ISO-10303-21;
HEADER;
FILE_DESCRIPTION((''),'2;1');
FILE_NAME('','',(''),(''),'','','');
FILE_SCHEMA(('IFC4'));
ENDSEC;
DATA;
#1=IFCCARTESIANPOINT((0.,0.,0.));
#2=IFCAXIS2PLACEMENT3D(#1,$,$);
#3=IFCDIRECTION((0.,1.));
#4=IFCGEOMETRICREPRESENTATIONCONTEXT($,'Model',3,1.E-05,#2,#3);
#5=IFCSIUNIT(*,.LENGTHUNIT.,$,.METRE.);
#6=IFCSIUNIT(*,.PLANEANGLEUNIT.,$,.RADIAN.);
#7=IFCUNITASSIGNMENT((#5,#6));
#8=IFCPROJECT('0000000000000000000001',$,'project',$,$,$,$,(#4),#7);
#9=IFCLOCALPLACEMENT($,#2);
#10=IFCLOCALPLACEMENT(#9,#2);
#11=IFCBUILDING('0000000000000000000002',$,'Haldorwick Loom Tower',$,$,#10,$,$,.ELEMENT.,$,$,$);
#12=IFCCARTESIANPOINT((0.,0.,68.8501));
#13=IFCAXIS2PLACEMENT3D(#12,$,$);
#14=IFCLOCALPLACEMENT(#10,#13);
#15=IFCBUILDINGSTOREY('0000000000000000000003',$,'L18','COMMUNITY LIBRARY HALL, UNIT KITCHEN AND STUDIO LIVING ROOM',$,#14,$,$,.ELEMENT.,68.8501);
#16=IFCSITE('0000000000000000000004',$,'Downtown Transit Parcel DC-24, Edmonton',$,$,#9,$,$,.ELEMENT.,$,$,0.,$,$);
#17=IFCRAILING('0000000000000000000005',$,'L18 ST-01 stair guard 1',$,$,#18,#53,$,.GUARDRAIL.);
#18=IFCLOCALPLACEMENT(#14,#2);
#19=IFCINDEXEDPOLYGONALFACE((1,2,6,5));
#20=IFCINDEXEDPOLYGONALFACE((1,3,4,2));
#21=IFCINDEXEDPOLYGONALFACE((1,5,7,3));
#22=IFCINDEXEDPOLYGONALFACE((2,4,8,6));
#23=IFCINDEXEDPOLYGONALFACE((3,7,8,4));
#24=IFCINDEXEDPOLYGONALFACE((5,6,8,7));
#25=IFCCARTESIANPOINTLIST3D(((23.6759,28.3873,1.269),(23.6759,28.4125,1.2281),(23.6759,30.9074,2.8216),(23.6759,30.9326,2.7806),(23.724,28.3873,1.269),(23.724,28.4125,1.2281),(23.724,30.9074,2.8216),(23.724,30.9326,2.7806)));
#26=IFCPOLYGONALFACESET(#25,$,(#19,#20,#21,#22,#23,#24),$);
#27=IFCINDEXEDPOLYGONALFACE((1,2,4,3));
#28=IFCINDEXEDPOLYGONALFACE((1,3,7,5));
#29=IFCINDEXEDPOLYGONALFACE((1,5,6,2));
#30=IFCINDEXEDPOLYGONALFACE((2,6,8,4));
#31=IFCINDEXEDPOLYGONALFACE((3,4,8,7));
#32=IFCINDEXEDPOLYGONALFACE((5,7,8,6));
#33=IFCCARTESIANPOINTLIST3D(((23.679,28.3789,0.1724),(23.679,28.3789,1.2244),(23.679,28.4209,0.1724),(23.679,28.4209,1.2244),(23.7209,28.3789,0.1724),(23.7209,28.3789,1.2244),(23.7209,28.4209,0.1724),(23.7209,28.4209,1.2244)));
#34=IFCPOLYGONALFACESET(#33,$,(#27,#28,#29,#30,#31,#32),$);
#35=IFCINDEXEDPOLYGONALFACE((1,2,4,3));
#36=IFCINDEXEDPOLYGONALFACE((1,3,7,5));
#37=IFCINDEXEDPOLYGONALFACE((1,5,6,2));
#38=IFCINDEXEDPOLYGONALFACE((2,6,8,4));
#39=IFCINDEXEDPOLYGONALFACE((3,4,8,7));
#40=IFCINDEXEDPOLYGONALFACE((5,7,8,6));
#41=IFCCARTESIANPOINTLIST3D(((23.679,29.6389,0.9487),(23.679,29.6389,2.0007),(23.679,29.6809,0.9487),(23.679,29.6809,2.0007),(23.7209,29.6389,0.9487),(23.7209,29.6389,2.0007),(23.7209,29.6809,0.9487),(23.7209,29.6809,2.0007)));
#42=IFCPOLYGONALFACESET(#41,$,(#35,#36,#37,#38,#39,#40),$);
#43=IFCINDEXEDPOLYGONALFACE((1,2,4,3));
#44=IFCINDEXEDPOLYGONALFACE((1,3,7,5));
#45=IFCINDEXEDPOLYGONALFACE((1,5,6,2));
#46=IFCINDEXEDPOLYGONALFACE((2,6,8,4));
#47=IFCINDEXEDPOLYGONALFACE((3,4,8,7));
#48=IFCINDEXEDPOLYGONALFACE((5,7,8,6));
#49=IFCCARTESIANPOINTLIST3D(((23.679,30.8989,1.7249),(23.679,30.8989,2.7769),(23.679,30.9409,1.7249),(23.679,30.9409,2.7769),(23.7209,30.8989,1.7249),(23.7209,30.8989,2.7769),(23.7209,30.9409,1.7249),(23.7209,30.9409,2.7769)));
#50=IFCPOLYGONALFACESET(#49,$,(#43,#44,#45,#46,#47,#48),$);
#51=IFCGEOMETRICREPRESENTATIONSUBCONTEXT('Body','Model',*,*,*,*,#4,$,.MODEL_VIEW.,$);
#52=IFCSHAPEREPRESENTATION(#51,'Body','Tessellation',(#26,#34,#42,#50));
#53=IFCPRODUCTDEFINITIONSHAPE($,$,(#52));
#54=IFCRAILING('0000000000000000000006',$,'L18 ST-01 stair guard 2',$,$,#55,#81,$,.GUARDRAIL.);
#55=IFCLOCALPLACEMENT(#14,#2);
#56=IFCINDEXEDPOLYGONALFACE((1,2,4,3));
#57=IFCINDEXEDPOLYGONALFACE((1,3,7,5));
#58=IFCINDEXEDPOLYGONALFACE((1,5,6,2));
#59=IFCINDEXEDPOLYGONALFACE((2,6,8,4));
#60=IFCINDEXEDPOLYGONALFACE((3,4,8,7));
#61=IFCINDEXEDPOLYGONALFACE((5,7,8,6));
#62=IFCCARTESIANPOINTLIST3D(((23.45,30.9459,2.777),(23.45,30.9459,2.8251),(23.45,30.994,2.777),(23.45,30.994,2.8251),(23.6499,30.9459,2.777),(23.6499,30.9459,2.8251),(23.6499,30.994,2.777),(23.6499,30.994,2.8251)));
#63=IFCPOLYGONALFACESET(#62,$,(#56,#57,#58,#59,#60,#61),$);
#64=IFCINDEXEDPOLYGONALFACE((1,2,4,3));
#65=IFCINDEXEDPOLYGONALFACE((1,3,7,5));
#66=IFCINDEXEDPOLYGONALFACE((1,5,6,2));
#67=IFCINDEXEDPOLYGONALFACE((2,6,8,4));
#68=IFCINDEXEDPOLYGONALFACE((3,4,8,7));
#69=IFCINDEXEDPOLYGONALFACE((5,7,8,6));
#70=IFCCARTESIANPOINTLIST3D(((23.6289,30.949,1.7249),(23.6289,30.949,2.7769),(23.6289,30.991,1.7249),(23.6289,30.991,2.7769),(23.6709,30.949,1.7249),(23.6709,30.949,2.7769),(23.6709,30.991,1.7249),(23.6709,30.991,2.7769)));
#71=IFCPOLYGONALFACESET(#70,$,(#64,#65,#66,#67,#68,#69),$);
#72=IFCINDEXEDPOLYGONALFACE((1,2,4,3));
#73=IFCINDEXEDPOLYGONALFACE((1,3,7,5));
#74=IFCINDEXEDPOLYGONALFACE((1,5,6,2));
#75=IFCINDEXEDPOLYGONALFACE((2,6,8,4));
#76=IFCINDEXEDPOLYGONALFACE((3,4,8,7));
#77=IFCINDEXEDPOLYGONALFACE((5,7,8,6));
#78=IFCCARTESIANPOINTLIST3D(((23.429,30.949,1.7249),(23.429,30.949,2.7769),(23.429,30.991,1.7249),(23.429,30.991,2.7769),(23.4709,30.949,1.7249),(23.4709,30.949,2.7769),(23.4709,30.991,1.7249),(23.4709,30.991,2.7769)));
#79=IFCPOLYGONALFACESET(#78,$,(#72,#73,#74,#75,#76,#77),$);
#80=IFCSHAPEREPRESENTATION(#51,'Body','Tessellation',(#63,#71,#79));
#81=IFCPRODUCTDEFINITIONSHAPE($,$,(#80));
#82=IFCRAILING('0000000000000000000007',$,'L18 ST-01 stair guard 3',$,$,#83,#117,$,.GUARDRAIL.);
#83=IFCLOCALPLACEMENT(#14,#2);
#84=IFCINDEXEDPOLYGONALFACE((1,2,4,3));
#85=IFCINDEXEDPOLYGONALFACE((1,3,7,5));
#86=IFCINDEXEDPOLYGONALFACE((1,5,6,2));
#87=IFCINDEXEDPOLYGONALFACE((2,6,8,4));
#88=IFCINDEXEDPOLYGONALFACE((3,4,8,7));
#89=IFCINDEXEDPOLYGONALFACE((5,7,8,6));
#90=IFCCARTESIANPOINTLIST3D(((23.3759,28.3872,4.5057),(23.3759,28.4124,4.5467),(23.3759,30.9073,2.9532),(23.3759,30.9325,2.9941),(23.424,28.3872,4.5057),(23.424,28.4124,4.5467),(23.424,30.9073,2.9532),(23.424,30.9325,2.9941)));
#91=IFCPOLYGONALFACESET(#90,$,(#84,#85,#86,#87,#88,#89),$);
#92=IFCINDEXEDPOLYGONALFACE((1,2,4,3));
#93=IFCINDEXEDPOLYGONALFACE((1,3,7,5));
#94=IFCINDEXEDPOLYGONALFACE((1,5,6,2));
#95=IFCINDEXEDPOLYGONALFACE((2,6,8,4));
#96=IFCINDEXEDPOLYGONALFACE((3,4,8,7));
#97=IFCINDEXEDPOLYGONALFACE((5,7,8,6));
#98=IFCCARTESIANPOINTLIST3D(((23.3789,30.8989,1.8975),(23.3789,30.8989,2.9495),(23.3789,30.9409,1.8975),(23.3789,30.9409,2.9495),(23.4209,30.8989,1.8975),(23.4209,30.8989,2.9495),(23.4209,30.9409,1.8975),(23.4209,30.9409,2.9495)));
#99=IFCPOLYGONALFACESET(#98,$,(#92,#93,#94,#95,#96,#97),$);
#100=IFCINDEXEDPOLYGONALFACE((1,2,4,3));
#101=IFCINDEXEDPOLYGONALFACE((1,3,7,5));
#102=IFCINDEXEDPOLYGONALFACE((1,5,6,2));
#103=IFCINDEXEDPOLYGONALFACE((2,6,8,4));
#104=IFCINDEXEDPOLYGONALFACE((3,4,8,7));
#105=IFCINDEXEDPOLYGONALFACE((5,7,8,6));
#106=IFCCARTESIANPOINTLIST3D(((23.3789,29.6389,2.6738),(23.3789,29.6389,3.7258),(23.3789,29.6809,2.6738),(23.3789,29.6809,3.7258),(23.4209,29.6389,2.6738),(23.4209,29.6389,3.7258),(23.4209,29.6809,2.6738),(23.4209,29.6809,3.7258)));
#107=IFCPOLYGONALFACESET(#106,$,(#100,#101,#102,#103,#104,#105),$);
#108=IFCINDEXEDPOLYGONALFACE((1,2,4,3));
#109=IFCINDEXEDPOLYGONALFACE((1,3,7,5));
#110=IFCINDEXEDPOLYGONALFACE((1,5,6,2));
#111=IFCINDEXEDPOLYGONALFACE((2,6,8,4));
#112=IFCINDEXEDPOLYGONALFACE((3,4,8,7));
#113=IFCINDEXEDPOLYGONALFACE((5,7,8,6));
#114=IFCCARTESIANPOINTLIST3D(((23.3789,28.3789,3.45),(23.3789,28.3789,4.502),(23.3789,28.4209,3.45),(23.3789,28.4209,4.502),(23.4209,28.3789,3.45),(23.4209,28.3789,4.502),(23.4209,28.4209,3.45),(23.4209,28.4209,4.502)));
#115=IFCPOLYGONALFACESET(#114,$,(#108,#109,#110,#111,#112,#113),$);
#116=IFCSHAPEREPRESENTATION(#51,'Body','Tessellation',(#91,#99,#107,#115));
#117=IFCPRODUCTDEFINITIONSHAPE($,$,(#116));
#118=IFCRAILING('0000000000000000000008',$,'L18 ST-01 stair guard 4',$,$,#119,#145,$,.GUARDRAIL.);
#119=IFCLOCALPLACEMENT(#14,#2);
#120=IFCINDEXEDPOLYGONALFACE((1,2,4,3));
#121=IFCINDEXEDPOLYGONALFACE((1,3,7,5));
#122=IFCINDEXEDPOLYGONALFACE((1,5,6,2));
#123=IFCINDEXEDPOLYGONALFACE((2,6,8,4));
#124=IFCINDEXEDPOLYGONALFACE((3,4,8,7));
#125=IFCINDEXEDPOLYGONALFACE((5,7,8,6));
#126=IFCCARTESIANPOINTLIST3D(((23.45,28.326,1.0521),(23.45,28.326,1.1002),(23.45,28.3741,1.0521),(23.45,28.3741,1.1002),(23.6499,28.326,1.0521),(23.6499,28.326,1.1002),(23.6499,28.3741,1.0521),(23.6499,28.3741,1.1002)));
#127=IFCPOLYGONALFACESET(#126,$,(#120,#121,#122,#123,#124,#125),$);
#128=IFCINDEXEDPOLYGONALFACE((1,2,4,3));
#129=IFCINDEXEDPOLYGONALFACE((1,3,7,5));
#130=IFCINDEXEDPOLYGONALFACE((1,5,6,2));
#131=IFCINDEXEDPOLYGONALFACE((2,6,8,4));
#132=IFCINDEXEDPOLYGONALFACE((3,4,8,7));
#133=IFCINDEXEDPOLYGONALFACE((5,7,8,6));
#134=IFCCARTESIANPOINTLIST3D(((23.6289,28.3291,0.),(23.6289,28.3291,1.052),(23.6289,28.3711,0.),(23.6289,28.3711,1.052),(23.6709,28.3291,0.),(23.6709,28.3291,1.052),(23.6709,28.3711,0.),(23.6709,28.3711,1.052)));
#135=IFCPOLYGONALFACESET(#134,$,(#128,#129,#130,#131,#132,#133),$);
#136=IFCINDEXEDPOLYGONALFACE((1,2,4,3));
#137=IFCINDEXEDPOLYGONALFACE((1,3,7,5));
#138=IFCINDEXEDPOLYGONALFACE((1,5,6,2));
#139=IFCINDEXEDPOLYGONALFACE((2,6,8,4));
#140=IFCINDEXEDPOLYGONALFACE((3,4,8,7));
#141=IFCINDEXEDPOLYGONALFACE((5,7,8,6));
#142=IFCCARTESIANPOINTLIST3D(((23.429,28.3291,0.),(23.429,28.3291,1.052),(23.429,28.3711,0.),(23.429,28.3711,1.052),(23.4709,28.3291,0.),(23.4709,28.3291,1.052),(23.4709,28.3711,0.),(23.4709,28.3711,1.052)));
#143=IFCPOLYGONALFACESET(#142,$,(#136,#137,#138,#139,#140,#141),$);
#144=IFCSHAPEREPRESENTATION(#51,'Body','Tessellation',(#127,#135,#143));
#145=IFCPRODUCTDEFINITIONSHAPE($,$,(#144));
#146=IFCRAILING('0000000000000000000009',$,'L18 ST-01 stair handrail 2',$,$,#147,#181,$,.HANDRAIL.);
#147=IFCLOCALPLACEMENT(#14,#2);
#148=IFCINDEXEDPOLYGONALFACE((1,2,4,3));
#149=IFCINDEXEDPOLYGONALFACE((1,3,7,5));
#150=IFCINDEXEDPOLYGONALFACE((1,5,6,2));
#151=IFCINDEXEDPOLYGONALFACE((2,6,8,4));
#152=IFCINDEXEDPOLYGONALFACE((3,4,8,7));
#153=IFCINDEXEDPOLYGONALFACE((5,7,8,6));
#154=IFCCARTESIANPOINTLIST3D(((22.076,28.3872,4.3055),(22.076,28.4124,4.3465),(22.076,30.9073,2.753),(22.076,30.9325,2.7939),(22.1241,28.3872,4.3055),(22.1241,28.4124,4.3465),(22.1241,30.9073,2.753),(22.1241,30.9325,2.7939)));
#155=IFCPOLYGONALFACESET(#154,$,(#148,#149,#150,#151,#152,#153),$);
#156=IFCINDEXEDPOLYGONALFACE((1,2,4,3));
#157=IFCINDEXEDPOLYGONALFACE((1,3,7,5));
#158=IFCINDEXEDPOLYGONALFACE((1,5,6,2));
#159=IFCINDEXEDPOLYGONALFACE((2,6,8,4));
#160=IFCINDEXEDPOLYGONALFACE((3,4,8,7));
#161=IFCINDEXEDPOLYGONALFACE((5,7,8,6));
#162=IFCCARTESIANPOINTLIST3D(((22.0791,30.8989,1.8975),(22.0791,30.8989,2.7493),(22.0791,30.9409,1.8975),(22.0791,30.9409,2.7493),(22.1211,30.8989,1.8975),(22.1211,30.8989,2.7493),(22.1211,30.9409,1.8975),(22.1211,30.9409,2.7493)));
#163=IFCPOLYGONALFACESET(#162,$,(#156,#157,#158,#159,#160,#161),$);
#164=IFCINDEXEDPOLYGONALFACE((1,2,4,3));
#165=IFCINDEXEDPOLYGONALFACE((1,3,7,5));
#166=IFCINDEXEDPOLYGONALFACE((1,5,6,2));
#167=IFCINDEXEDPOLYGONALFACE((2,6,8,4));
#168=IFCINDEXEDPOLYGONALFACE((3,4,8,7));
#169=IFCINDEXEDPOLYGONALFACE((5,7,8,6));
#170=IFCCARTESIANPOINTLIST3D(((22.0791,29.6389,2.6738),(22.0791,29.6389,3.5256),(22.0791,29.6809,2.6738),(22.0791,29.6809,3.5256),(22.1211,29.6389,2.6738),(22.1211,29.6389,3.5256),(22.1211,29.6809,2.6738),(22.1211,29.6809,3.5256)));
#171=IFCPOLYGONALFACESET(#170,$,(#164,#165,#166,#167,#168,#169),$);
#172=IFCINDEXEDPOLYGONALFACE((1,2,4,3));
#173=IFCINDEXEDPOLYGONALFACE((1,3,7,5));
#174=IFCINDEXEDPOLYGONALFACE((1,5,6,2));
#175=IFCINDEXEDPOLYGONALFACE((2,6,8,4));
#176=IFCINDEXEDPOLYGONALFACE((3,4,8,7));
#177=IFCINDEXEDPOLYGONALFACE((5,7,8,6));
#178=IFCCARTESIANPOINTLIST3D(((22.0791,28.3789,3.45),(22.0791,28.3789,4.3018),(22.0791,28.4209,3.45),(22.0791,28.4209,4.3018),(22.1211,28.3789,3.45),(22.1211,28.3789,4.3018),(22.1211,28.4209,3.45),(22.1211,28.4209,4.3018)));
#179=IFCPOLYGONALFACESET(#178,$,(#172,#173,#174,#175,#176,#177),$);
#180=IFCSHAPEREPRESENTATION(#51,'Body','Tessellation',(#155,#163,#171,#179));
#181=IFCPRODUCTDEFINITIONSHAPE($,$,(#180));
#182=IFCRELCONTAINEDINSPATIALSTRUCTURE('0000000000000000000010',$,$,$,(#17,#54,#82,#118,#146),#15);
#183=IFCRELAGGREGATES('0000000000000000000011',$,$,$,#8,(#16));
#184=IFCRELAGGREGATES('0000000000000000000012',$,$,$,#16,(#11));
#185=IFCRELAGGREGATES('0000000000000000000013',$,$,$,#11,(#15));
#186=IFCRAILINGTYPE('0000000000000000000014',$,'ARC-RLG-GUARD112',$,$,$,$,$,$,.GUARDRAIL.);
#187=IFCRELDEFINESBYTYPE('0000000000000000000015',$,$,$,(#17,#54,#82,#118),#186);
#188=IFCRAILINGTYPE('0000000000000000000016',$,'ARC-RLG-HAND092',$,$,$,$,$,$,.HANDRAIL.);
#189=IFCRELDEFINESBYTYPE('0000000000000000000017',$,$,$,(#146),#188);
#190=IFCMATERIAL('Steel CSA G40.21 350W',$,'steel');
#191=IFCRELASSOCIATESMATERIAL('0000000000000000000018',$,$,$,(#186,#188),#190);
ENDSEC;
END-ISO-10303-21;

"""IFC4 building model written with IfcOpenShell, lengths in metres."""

from ifc_helpers import new_model, si_unit, direction, frame, origin, origin_2d, place, context, subcontext, project, spatial, rectangle, extrude, material, type_object, element, save


model = new_model("IFC4")

# Units and contexts
model_context = context("Model", 3, precision=1e-05, world=origin(), true_north=direction((0.0, 1.0)))
body_context = subcontext(model_context, "Body", "Model", "MODEL_VIEW")
ifc_project = project(units=[si_unit("LENGTHUNIT", "METRE"), si_unit("PLANEANGLEUNIT", "RADIAN")], contexts=[model_context])

# Site, building, storey
site_placement = place(None, origin())
site = spatial("IfcSite", under=ifc_project, at=site_placement, Name="Downtown Transit Parcel DC-24, Edmonton", CompositionType="ELEMENT", RefElevation=0.0)
building_placement = place(site_placement, origin())
building = spatial("IfcBuilding", under=site, at=building_placement, Name="Haldorwick Loom Tower", CompositionType="ELEMENT")
storey_placement = place(building_placement, frame((0.0, 0.0, 68.8501)))
storey = spatial("IfcBuildingStorey", under=building, at=storey_placement, Name="L18", Description="COMMUNITY LIBRARY HALL, UNIT KITCHEN AND STUDIO LIVING ROOM", CompositionType="ELEMENT", Elevation=68.8501)

# Shared definitions
ifc_material_1 = material(Name="Steel CSA G40.21 350W", Category="steel")

# Railings
railing_type_1 = type_object("IfcRailingType", Name="ARC-RLG-GUARD112", PredefinedType="GUARDRAIL", material=ifc_material_1)
railing_1_placement = place(storey_placement, frame((23.7, 28.3999, 0.1724)))
element("IfcRailing", 1, at=railing_1_placement, inside=storey, type_object=railing_type_1, Name="L18 ST-01 stair guard 1", PredefinedType="GUARDRAIL", context=body_context, shape_type="SweptSolid", body=[
    extrude(rectangle(XDim=0.0481, YDim=0.0481, at=origin_2d()), frame((0.0, 0.0, 1.0762), z_axis=(0.0, 0.8514, 0.524516), x_axis=(-1.0, 0.0, 0.0)), (0.0, 0.0, 1.0), 2.96),
    extrude(rectangle(XDim=0.042, YDim=0.042, at=origin_2d()), origin(), (0.0, 0.0, 1.0), 1.052),
    extrude(rectangle(XDim=0.042, YDim=0.042, at=origin_2d()), frame((0.0, 1.26, 0.7764)), (0.0, 0.0, 1.0), 1.052),
    extrude(rectangle(XDim=0.042, YDim=0.042, at=origin_2d()), frame((0.0, 2.52, 1.5525)), (0.0, 0.0, 1.0), 1.052),
])
railing_2_placement = place(storey_placement, frame((23.6499, 30.97, 1.7249)))
element("IfcRailing", 2, at=railing_2_placement, inside=storey, type_object=railing_type_1, Name="L18 ST-01 stair guard 2", PredefinedType="GUARDRAIL", context=body_context, shape_type="SweptSolid", body=[
    extrude(rectangle(XDim=0.0481, YDim=0.0481, at=origin_2d()), frame((0.0, 0.0, 1.0762), z_axis=(-1.0, 0.0, 0.0), x_axis=(0.0, -1.0, 0.0)), (0.0, 0.0, 1.0), 0.2),
    extrude(rectangle(XDim=0.042, YDim=0.042, at=origin_2d()), origin(), (0.0, 0.0, 1.0), 1.052),
    extrude(rectangle(XDim=0.042, YDim=0.042, at=origin_2d()), frame((-0.2, 0.0, 0.0)), (0.0, 0.0, 1.0), 1.052),
])
railing_3_placement = place(storey_placement, frame((23.3999, 30.9199, 1.8975)))
element("IfcRailing", 3, at=railing_3_placement, inside=storey, type_object=railing_type_1, Name="L18 ST-01 stair guard 3", PredefinedType="GUARDRAIL", context=body_context, shape_type="SweptSolid", body=[
    extrude(rectangle(XDim=0.0481, YDim=0.0481, at=origin_2d()), frame((0.0, 0.0, 1.0762), z_axis=(0.0, -0.8514, 0.524516), x_axis=(1.0, 0.0, 0.0)), (0.0, 0.0, 1.0), 2.96),
    extrude(rectangle(XDim=0.042, YDim=0.042, at=origin_2d()), origin(), (0.0, 0.0, 1.0), 1.052),
    extrude(rectangle(XDim=0.042, YDim=0.042, at=origin_2d()), frame((0.0, -1.26, 0.7764)), (0.0, 0.0, 1.0), 1.052),
    extrude(rectangle(XDim=0.042, YDim=0.042, at=origin_2d()), frame((0.0, -2.52, 1.5525)), (0.0, 0.0, 1.0), 1.052),
])
railing_4_placement = place(storey_placement, frame((23.6499, 28.3501, 0.0)))
element("IfcRailing", 4, at=railing_4_placement, inside=storey, type_object=railing_type_1, Name="L18 ST-01 stair guard 4", PredefinedType="GUARDRAIL", context=body_context, shape_type="SweptSolid", body=[
    extrude(rectangle(XDim=0.0481, YDim=0.0481, at=origin_2d()), frame((0.0, 0.0, 1.0762), z_axis=(-1.0, 0.0, 0.0), x_axis=(0.0, -1.0, 0.0)), (0.0, 0.0, 1.0), 0.2),
    extrude(rectangle(XDim=0.042, YDim=0.042, at=origin_2d()), origin(), (0.0, 0.0, 1.0), 1.052),
    extrude(rectangle(XDim=0.042, YDim=0.042, at=origin_2d()), frame((-0.2, 0.0, 0.0)), (0.0, 0.0, 1.0), 1.052),
])
railing_type_2 = type_object("IfcRailingType", Name="ARC-RLG-HAND092", PredefinedType="HANDRAIL", material=ifc_material_1)
railing_5_placement = place(storey_placement, frame((22.1001, 30.9199, 1.8975)))
element("IfcRailing", 5, at=railing_5_placement, inside=storey, type_object=railing_type_2, Name="L18 ST-01 stair handrail 2", PredefinedType="HANDRAIL", context=body_context, shape_type="SweptSolid", body=[
    extrude(rectangle(XDim=0.0481, YDim=0.0481, at=origin_2d()), frame((0.0, 0.0, 0.876), z_axis=(0.0, -0.8514, 0.524516), x_axis=(1.0, 0.0, 0.0)), (0.0, 0.0, 1.0), 2.96),
    extrude(rectangle(XDim=0.042, YDim=0.042, at=origin_2d()), origin(), (0.0, 0.0, 1.0), 0.8518),
    extrude(rectangle(XDim=0.042, YDim=0.042, at=origin_2d()), frame((0.0, -1.26, 0.7764)), (0.0, 0.0, 1.0), 0.8518),
    extrude(rectangle(XDim=0.042, YDim=0.042, at=origin_2d()), frame((0.0, -2.52, 1.5525)), (0.0, 0.0, 1.0), 0.8518),
])

save(model, "model.ifc")
